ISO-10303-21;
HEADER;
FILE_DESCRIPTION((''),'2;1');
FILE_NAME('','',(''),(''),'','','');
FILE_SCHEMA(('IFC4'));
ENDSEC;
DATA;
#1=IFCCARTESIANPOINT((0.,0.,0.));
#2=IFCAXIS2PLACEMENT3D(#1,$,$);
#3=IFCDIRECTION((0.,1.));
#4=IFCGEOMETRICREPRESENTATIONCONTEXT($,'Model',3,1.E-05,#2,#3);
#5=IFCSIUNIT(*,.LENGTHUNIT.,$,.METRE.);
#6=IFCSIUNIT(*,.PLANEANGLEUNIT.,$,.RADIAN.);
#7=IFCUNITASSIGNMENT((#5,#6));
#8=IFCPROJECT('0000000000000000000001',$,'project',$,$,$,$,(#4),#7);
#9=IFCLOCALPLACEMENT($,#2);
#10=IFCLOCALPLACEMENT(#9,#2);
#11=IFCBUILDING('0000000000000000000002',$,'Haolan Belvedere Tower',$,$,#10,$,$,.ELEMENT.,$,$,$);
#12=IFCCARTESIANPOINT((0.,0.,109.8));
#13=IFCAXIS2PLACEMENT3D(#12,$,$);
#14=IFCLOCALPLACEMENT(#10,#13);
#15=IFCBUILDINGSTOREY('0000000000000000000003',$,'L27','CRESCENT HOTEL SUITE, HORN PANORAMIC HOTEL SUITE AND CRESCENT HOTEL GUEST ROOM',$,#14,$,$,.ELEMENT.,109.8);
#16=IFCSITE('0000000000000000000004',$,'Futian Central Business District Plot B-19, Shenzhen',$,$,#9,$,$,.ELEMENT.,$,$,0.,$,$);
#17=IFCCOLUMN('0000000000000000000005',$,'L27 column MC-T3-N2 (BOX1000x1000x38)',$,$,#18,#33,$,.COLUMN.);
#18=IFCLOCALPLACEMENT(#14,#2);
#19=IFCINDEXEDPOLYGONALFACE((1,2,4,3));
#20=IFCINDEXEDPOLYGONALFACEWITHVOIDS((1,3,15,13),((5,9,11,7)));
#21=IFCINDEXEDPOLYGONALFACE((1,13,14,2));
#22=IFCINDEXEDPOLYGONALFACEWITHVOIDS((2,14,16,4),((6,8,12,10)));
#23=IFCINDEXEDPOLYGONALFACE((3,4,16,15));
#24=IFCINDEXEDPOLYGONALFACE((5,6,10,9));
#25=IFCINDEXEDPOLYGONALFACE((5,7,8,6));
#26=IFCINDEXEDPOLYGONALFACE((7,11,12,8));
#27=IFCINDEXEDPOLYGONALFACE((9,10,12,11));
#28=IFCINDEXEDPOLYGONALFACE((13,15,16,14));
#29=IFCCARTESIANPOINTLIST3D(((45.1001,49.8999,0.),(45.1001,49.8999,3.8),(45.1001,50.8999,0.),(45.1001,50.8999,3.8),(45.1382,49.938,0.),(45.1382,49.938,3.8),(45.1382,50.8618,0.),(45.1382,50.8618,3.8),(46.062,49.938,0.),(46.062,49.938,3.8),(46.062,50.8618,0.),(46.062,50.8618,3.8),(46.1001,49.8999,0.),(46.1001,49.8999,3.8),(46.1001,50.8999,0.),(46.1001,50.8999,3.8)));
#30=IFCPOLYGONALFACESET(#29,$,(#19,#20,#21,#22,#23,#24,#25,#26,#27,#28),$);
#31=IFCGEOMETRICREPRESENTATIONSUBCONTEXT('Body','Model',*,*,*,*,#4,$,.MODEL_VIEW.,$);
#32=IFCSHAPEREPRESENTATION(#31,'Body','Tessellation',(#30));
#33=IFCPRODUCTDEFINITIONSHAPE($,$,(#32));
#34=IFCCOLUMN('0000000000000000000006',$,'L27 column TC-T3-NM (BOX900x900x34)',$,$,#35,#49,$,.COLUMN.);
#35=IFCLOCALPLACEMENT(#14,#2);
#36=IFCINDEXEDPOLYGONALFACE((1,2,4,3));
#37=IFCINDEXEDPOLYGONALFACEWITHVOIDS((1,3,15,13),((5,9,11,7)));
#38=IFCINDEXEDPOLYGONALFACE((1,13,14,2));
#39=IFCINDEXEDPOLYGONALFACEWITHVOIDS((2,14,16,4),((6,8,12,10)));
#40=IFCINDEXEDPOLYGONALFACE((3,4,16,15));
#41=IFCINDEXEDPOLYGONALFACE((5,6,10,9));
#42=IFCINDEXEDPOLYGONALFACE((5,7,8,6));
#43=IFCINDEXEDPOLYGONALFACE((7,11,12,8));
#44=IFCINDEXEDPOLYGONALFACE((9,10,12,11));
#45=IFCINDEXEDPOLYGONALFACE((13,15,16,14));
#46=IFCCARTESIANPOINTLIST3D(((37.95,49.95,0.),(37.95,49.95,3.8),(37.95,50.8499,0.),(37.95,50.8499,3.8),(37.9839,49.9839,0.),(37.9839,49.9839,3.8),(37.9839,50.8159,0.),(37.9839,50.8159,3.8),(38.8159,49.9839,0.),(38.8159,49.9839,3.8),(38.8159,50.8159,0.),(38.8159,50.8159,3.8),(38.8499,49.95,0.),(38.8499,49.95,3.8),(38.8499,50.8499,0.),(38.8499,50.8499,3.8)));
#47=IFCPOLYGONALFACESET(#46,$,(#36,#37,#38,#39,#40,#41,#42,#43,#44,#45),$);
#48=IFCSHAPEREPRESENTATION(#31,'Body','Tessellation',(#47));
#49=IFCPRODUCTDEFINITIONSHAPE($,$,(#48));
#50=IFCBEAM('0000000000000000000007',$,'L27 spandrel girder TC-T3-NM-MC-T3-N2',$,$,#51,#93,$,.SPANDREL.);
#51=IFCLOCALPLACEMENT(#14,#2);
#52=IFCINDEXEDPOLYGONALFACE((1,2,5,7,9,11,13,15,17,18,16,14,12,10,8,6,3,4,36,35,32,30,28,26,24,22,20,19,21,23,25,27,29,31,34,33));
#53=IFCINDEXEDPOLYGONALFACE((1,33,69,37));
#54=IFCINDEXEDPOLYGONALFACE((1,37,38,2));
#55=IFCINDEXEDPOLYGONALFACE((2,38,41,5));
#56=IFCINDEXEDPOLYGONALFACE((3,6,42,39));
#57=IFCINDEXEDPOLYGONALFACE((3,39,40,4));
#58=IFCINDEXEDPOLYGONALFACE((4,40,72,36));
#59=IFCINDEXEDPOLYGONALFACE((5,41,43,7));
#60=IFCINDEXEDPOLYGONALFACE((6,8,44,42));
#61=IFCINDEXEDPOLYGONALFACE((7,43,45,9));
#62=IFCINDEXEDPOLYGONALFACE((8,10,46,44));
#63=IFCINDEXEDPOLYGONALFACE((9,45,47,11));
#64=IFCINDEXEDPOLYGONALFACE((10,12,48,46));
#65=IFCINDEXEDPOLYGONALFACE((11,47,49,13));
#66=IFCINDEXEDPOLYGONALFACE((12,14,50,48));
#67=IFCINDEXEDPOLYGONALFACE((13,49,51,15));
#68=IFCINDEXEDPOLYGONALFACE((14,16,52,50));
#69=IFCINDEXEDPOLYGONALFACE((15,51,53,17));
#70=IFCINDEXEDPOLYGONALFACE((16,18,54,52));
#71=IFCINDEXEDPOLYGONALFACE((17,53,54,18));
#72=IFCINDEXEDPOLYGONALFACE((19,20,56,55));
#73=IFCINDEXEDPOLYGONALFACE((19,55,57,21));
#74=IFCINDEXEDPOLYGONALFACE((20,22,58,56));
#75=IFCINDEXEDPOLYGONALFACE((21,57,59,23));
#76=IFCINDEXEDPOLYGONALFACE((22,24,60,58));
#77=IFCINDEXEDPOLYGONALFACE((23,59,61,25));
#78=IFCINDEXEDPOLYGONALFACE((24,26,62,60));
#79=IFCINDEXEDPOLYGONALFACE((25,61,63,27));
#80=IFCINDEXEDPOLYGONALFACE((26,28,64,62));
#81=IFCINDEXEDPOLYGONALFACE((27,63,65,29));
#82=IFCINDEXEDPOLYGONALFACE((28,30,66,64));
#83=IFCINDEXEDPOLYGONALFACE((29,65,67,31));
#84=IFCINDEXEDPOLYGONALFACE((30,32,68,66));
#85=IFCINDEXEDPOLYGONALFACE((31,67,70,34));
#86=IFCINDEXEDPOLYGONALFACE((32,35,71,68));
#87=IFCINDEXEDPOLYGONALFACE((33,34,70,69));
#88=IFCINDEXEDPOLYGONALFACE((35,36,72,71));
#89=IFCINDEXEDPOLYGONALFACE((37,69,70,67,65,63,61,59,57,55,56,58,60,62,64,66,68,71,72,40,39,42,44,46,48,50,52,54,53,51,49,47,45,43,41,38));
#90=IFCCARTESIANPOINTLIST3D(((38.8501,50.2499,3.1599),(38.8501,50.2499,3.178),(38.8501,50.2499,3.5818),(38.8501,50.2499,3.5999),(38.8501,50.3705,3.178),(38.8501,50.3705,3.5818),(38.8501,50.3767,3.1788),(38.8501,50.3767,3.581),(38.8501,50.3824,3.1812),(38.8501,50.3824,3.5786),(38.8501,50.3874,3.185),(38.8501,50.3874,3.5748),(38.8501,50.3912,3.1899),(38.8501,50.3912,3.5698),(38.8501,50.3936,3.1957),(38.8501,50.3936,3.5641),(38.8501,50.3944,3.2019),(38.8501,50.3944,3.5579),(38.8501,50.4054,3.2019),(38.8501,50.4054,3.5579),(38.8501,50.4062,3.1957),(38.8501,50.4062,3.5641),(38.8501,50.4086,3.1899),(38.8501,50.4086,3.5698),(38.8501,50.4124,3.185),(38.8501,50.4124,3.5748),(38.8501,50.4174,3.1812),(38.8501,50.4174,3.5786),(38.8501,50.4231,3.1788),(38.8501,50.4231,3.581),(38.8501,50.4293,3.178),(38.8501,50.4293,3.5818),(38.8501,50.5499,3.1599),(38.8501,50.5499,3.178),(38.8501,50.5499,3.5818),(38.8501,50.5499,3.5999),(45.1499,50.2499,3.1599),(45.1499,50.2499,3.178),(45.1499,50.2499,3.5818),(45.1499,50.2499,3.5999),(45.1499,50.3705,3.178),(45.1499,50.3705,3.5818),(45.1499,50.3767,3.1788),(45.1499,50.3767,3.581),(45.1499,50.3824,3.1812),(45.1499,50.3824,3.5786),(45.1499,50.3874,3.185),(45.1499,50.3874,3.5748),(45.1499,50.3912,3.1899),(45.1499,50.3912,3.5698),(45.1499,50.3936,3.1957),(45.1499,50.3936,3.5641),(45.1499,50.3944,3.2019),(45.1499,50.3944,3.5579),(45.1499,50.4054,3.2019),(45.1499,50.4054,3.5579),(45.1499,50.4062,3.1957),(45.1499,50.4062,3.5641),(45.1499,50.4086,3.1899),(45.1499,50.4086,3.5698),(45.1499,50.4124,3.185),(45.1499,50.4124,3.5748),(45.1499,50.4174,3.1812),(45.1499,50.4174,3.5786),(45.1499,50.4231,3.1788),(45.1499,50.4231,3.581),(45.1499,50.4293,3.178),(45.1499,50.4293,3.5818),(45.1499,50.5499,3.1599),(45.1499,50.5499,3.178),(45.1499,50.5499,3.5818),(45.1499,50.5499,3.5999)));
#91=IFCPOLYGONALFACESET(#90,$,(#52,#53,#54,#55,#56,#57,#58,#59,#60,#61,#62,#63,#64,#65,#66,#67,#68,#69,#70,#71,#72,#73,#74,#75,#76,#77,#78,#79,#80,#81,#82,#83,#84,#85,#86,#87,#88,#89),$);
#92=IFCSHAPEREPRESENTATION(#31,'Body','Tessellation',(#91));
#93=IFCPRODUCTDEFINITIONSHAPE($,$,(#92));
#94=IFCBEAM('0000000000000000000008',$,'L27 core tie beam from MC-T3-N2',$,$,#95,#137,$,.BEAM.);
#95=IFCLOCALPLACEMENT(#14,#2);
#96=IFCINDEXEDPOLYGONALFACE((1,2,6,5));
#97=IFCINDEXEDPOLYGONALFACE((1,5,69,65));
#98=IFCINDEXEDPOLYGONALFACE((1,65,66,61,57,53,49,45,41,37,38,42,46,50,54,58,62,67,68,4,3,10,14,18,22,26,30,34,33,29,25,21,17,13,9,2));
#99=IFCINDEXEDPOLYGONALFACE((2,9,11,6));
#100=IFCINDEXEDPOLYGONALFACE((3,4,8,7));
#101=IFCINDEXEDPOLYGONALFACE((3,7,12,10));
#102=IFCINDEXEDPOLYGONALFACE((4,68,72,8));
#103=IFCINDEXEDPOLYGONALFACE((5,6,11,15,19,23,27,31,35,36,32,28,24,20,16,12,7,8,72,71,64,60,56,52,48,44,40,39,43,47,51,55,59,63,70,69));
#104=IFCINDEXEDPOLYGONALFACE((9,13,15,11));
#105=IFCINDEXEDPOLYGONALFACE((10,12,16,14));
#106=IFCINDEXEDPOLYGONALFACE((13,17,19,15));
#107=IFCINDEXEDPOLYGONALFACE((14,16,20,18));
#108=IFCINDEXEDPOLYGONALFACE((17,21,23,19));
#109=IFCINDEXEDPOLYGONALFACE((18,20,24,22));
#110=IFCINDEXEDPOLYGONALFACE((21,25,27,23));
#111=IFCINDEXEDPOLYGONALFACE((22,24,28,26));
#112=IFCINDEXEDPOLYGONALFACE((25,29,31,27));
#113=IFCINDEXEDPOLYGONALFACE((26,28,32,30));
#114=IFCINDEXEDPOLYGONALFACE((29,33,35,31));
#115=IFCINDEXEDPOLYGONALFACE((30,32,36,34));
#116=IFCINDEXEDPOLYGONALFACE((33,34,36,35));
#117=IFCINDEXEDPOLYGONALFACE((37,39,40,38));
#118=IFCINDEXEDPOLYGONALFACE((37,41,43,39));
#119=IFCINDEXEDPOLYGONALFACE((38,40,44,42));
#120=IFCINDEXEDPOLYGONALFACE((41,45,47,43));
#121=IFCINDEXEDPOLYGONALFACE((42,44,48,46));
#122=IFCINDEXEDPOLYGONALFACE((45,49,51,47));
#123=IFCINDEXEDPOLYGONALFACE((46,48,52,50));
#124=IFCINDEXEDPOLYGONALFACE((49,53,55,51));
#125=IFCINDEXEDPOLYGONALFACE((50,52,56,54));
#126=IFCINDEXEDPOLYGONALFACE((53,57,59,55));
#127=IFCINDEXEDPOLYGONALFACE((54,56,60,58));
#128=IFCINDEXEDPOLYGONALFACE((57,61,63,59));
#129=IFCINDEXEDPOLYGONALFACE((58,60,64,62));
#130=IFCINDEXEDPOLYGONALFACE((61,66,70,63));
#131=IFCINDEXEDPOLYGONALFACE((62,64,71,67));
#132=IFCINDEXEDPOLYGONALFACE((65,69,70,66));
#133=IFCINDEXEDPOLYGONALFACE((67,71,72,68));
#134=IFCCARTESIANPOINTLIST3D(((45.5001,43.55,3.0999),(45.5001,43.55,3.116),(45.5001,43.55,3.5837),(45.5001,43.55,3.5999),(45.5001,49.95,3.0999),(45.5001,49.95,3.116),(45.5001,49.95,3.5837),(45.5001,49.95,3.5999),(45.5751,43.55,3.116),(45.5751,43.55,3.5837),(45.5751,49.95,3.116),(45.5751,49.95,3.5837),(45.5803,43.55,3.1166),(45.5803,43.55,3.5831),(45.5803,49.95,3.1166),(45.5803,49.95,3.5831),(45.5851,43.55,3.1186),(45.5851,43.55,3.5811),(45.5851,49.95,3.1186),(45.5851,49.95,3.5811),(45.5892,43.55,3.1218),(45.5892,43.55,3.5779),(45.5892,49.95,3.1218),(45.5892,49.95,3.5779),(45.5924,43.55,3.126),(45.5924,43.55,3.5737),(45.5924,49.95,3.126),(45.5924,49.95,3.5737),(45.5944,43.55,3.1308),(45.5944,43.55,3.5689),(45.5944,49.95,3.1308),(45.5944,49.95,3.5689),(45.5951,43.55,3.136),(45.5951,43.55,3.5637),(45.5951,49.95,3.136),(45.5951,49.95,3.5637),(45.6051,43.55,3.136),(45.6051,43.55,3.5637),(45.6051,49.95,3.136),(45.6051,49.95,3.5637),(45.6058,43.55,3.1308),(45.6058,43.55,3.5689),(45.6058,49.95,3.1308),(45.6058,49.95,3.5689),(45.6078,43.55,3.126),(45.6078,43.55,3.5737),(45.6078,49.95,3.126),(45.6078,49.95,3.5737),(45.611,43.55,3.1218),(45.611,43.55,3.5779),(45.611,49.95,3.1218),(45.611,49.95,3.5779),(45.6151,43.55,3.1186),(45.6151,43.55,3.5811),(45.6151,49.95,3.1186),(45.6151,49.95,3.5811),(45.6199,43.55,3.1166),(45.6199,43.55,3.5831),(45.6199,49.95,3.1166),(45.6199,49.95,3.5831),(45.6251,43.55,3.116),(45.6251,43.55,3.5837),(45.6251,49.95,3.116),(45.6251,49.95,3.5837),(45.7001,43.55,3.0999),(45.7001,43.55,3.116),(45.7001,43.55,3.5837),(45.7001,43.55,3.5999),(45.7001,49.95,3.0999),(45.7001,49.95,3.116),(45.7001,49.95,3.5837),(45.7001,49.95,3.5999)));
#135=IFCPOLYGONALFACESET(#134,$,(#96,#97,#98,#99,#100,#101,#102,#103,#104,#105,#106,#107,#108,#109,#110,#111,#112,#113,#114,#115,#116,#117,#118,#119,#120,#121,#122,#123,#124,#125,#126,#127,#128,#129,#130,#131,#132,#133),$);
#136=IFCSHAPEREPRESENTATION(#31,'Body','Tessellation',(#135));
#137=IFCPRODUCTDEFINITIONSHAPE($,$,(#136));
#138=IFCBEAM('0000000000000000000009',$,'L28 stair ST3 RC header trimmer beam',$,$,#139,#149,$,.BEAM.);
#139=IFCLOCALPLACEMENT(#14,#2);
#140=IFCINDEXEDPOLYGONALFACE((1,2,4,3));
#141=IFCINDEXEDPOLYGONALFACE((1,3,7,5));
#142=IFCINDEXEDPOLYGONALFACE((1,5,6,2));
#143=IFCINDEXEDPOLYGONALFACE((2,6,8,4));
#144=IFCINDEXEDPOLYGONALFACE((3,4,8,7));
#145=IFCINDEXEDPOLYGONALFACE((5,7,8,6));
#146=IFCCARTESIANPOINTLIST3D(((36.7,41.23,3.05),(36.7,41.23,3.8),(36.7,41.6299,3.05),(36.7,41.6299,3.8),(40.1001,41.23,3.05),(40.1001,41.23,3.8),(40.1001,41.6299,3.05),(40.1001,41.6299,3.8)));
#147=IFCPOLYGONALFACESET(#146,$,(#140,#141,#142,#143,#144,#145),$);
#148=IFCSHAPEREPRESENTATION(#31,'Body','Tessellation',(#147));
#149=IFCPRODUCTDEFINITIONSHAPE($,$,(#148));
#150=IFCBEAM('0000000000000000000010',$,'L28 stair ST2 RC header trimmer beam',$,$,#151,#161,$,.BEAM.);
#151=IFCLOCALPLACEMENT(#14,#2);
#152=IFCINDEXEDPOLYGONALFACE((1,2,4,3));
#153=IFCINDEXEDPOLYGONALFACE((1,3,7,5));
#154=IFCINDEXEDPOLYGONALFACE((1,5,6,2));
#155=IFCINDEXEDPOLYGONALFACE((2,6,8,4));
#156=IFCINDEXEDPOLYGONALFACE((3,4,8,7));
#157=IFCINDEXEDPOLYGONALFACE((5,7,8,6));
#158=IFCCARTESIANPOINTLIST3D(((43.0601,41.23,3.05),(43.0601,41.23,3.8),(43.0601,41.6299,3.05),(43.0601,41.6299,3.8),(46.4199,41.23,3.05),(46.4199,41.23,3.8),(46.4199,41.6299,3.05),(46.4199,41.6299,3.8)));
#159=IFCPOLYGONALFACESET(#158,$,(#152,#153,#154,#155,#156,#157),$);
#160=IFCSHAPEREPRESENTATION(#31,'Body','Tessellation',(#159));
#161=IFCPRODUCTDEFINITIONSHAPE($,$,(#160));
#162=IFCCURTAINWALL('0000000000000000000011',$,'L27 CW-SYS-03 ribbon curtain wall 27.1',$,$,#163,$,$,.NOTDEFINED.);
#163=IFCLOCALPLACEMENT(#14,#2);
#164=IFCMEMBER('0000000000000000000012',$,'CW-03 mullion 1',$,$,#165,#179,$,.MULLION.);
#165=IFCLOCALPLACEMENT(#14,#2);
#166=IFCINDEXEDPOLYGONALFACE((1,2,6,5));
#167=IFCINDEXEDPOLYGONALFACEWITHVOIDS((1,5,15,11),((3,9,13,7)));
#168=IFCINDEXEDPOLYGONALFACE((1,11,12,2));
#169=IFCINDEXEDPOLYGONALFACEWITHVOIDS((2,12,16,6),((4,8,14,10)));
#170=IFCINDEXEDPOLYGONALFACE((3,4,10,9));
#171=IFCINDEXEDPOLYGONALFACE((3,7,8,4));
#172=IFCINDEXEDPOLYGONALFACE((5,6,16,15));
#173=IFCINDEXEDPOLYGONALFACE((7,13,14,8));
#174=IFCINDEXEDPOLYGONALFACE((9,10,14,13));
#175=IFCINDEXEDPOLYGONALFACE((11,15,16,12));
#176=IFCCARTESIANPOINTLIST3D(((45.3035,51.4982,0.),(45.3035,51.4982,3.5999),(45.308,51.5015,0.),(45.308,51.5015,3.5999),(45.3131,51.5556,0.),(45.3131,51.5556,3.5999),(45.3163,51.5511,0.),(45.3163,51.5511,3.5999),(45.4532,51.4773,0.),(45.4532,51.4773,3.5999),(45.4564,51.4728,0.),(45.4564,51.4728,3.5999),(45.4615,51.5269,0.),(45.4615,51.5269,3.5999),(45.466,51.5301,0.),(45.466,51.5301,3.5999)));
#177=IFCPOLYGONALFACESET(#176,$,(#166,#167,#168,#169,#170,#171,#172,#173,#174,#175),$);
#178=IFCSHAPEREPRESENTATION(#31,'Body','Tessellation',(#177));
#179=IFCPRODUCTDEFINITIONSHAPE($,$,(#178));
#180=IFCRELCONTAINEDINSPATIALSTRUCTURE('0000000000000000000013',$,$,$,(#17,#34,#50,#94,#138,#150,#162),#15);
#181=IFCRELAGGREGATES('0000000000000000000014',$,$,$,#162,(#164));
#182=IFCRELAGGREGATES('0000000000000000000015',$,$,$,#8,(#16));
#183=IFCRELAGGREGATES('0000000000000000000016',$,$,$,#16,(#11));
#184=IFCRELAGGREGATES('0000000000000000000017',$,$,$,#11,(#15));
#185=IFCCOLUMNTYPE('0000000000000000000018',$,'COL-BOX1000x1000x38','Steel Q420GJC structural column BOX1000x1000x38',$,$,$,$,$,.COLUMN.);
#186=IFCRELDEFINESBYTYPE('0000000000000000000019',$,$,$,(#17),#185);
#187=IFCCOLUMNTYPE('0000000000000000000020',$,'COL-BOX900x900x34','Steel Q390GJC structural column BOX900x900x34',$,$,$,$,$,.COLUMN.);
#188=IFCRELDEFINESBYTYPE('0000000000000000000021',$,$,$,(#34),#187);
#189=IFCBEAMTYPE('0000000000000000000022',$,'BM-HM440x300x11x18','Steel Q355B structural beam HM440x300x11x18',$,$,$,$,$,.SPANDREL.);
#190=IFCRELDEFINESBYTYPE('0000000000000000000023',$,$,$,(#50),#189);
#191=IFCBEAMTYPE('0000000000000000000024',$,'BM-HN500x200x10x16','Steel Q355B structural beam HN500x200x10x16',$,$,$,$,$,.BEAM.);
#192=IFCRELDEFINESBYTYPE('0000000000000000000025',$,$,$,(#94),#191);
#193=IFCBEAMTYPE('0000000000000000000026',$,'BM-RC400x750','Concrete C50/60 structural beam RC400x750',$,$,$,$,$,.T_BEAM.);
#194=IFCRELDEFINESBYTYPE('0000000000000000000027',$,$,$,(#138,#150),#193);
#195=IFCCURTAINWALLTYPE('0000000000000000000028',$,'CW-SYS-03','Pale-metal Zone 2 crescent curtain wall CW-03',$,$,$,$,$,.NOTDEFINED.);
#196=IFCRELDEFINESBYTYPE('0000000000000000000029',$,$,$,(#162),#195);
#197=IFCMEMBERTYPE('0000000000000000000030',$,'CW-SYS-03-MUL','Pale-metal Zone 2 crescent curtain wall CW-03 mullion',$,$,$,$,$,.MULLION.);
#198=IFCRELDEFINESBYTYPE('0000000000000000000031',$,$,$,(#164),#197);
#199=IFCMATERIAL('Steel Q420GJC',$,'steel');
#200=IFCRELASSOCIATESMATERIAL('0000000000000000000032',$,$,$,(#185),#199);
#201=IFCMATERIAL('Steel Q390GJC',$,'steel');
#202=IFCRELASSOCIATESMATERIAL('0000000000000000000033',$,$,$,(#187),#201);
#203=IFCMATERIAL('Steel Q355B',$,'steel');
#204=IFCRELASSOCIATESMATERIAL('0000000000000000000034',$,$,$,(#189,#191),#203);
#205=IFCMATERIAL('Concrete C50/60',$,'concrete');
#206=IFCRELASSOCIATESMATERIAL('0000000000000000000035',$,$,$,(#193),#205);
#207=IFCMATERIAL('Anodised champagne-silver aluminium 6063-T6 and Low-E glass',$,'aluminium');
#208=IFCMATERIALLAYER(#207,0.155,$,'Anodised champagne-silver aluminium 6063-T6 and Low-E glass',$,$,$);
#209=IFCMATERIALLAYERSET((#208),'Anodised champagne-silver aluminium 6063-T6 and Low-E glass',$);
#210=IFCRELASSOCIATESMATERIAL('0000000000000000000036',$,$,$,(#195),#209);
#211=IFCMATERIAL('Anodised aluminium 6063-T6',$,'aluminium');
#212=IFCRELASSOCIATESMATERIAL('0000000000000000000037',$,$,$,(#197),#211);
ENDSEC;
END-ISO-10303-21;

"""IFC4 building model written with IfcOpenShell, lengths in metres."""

from ifc_helpers import new_model, si_unit, direction, frame, origin, origin_2d, place, context, subcontext, project, spatial, rectangle, hollow_rectangle, i_section, extrude, material, layer, layer_set, material_profile, profile_set, type_object, element, aggregate, save


model = new_model("IFC4")

# Units and contexts
model_context = context("Model", 3, precision=1e-05, world=origin(), true_north=direction((0.0, 1.0)))
body_context = subcontext(model_context, "Body", "Model", "MODEL_VIEW")
ifc_project = project(units=[si_unit("LENGTHUNIT", "METRE"), si_unit("PLANEANGLEUNIT", "RADIAN")], contexts=[model_context])

# Site, building, storey
site_placement = place(None, origin())
site = spatial("IfcSite", under=ifc_project, at=site_placement, Name="Futian Central Business District Plot B-19, Shenzhen", CompositionType="ELEMENT", RefElevation=0.0)
building_placement = place(site_placement, origin())
building = spatial("IfcBuilding", under=site, at=building_placement, Name="Haolan Belvedere Tower", CompositionType="ELEMENT")
storey_placement = place(building_placement, frame((0.0, 0.0, 109.8)))
storey = spatial("IfcBuildingStorey", under=building, at=storey_placement, Name="L27", Description="CRESCENT HOTEL SUITE, HORN PANORAMIC HOTEL SUITE AND CRESCENT HOTEL GUEST ROOM", CompositionType="ELEMENT", Elevation=109.8)

# Columns
ifc_material_1 = material(Name="Steel Q420GJC", Category="steel")
ifc_material_profile_1 = material_profile(ifc_material_1, hollow_rectangle(XDim=1.0, YDim=1.0, WallThickness=0.0381, at=origin_2d()), Name="Steel Q420GJC")
ifc_profile_set_1 = profile_set([ifc_material_profile_1], Name="Steel Q420GJC")
column_type_1 = type_object("IfcColumnType", Name="COL-BOX1000x1000x38", Description="Steel Q420GJC structural column BOX1000x1000x38", PredefinedType="COLUMN", material=ifc_profile_set_1)
column_1_placement = place(storey_placement, frame((45.6001, 50.3999, 0.0), z_axis=(0.0, 0.0, 1.0), x_axis=(1.0, 0.0, 0.0)))
element("IfcColumn", 1, at=column_1_placement, inside=storey, type_object=column_type_1, Name="L27 column MC-T3-N2 (BOX1000x1000x38)", PredefinedType="COLUMN", context=body_context, shape_type="SweptSolid", body=[
    extrude(hollow_rectangle(XDim=1.0, YDim=1.0, WallThickness=0.0381, at=origin_2d()), origin(), (0.0, 0.0, 1.0), 3.8),
])
ifc_material_2 = material(Name="Steel Q390GJC", Category="steel")
ifc_material_profile_2 = material_profile(ifc_material_2, hollow_rectangle(XDim=0.8999, YDim=0.8999, WallThickness=0.0339, at=origin_2d()), Name="Steel Q390GJC")
ifc_profile_set_2 = profile_set([ifc_material_profile_2], Name="Steel Q390GJC")
column_type_2 = type_object("IfcColumnType", Name="COL-BOX900x900x34", Description="Steel Q390GJC structural column BOX900x900x34", PredefinedType="COLUMN", material=ifc_profile_set_2)
column_2_placement = place(storey_placement, frame((38.3999, 50.3999, 0.0), z_axis=(0.0, 0.0, 1.0), x_axis=(1.0, 0.0, 0.0)))
element("IfcColumn", 2, at=column_2_placement, inside=storey, type_object=column_type_2, Name="L27 column TC-T3-NM (BOX900x900x34)", PredefinedType="COLUMN", context=body_context, shape_type="SweptSolid", body=[
    extrude(hollow_rectangle(XDim=0.8999, YDim=0.8999, WallThickness=0.0339, at=origin_2d()), origin(), (0.0, 0.0, 1.0), 3.8),
])

# Beams
ifc_material_3 = material(Name="Steel Q355B", Category="steel")
ifc_material_profile_3 = material_profile(ifc_material_3, i_section(OverallWidth=0.3, OverallDepth=0.4399, WebThickness=0.011, FlangeThickness=0.0181, FilletRadius=0.0239, at=origin_2d()), Name="Steel Q355B")
ifc_profile_set_3 = profile_set([ifc_material_profile_3], Name="Steel Q355B")
beam_type_1 = type_object("IfcBeamType", Name="BM-HM440x300x11x18", Description="Steel Q355B structural beam HM440x300x11x18", PredefinedType="SPANDREL", material=ifc_profile_set_3)
beam_1_placement = place(storey_placement, frame((38.8501, 50.3999, 3.3799), z_axis=(1.0, 0.0, 0.0), x_axis=(0.0, 1.0, 0.0)))
element("IfcBeam", 3, at=beam_1_placement, inside=storey, type_object=beam_type_1, Name="L27 spandrel girder TC-T3-NM-MC-T3-N2", PredefinedType="SPANDREL", context=body_context, shape_type="SweptSolid", body=[
    extrude(i_section(OverallWidth=0.3, OverallDepth=0.4399, WebThickness=0.011, FlangeThickness=0.0181, FilletRadius=0.0239, at=origin_2d()), origin(), (0.0, 0.0, 1.0), 6.2998),
])
ifc_material_profile_4 = material_profile(ifc_material_3, i_section(OverallWidth=0.2, OverallDepth=0.5, WebThickness=0.01, FlangeThickness=0.0161, FilletRadius=0.02, at=origin_2d()), Name="Steel Q355B")
ifc_profile_set_4 = profile_set([ifc_material_profile_4], Name="Steel Q355B")
beam_type_2 = type_object("IfcBeamType", Name="BM-HN500x200x10x16", Description="Steel Q355B structural beam HN500x200x10x16", PredefinedType="BEAM", material=ifc_profile_set_4)
beam_2_placement = place(storey_placement, frame((45.6001, 49.95, 3.3499), z_axis=(0.0, -1.0, 0.0), x_axis=(1.0, 0.0, 0.0)))
element("IfcBeam", 4, at=beam_2_placement, inside=storey, type_object=beam_type_2, Name="L27 core tie beam from MC-T3-N2", PredefinedType="BEAM", context=body_context, shape_type="SweptSolid", body=[
    extrude(i_section(OverallWidth=0.2, OverallDepth=0.5, WebThickness=0.01, FlangeThickness=0.0161, FilletRadius=0.02, at=origin_2d()), origin(), (0.0, 0.0, 1.0), 6.3999),
])
ifc_material_4 = material(Name="Concrete C50/60", Category="concrete")
ifc_material_profile_5 = material_profile(ifc_material_4, rectangle(XDim=0.3999, YDim=0.75, at=origin_2d()), Name="Concrete C50/60")
ifc_profile_set_5 = profile_set([ifc_material_profile_5], Name="Concrete C50/60")
beam_type_3 = type_object("IfcBeamType", Name="BM-RC400x750", Description="Concrete C50/60 structural beam RC400x750", PredefinedType="T_BEAM", material=ifc_profile_set_5)
beam_3_placement = place(storey_placement, frame((36.7, 41.4299, 3.425), z_axis=(1.0, 0.0, 0.0), x_axis=(0.0, 1.0, 0.0)))
element("IfcBeam", 5, at=beam_3_placement, inside=storey, type_object=beam_type_3, Name="L28 stair ST3 RC header trimmer beam", PredefinedType="BEAM", context=body_context, shape_type="SweptSolid", body=[
    extrude(rectangle(XDim=0.3999, YDim=0.75, at=origin_2d()), origin(), (0.0, 0.0, 1.0), 3.4001),
])
beam_4_placement = place(storey_placement, frame((43.0601, 41.4299, 3.425), z_axis=(1.0, 0.0, 0.0), x_axis=(0.0, 1.0, 0.0)))
element("IfcBeam", 6, at=beam_4_placement, inside=storey, type_object=beam_type_3, Name="L28 stair ST2 RC header trimmer beam", PredefinedType="BEAM", context=body_context, shape_type="SweptSolid", body=[
    extrude(rectangle(XDim=0.3999, YDim=0.75, at=origin_2d()), origin(), (0.0, 0.0, 1.0), 3.3599),
])

# Curtain wall, member
ifc_material_5 = material(Name="Anodised champagne-silver aluminium 6063-T6 and Low-E glass", Category="aluminium")
ifc_layer_1 = layer(ifc_material_5, 0.155, Name="Anodised champagne-silver aluminium 6063-T6 and Low-E glass")
ifc_layer_set_1 = layer_set([ifc_layer_1], Name="Anodised champagne-silver aluminium 6063-T6 and Low-E glass")
curtain_wall_type = type_object("IfcCurtainWallType", Name="CW-SYS-03", Description="Pale-metal Zone 2 crescent curtain wall CW-03", PredefinedType="NOTDEFINED", material=ifc_layer_set_1)
curtain_wall_placement = place(storey_placement, origin())
curtain_wall = element("IfcCurtainWall", 7, at=curtain_wall_placement, inside=storey, type_object=curtain_wall_type, Name="L27 CW-SYS-03 ribbon curtain wall 27.1", PredefinedType="NOTDEFINED")
ifc_material_6 = material(Name="Anodised aluminium 6063-T6", Category="aluminium")
ifc_material_profile_6 = material_profile(ifc_material_6, hollow_rectangle(XDim=0.0581, YDim=0.155, WallThickness=0.0039, at=origin_2d()), Name="Anodised aluminium 6063-T6")
ifc_profile_set_6 = profile_set([ifc_material_profile_6], Name="Anodised aluminium 6063-T6")
member_type_1 = type_object("IfcMemberType", Name="CW-SYS-03-MUL", Description="Pale-metal Zone 2 crescent curtain wall CW-03 mullion", PredefinedType="MULLION", material=ifc_profile_set_6)
member_1_placement = place(storey_placement, frame((45.3848, 51.5142, 0.0), z_axis=(0.0, 0.0, 1.0), x_axis=(-0.164404, -0.986393, 0.0)))
member_1 = element("IfcMember", 8, at=member_1_placement, type_object=member_type_1, Name="CW-03 mullion 1", PredefinedType="MULLION", context=body_context, shape_type="SweptSolid", body=[
    extrude(hollow_rectangle(XDim=0.0581, YDim=0.155, WallThickness=0.0039, at=origin_2d()), origin(), (0.0, 0.0, 1.0), 3.5999),
])
aggregate(curtain_wall, [member_1])

save(model, "model.ifc")
